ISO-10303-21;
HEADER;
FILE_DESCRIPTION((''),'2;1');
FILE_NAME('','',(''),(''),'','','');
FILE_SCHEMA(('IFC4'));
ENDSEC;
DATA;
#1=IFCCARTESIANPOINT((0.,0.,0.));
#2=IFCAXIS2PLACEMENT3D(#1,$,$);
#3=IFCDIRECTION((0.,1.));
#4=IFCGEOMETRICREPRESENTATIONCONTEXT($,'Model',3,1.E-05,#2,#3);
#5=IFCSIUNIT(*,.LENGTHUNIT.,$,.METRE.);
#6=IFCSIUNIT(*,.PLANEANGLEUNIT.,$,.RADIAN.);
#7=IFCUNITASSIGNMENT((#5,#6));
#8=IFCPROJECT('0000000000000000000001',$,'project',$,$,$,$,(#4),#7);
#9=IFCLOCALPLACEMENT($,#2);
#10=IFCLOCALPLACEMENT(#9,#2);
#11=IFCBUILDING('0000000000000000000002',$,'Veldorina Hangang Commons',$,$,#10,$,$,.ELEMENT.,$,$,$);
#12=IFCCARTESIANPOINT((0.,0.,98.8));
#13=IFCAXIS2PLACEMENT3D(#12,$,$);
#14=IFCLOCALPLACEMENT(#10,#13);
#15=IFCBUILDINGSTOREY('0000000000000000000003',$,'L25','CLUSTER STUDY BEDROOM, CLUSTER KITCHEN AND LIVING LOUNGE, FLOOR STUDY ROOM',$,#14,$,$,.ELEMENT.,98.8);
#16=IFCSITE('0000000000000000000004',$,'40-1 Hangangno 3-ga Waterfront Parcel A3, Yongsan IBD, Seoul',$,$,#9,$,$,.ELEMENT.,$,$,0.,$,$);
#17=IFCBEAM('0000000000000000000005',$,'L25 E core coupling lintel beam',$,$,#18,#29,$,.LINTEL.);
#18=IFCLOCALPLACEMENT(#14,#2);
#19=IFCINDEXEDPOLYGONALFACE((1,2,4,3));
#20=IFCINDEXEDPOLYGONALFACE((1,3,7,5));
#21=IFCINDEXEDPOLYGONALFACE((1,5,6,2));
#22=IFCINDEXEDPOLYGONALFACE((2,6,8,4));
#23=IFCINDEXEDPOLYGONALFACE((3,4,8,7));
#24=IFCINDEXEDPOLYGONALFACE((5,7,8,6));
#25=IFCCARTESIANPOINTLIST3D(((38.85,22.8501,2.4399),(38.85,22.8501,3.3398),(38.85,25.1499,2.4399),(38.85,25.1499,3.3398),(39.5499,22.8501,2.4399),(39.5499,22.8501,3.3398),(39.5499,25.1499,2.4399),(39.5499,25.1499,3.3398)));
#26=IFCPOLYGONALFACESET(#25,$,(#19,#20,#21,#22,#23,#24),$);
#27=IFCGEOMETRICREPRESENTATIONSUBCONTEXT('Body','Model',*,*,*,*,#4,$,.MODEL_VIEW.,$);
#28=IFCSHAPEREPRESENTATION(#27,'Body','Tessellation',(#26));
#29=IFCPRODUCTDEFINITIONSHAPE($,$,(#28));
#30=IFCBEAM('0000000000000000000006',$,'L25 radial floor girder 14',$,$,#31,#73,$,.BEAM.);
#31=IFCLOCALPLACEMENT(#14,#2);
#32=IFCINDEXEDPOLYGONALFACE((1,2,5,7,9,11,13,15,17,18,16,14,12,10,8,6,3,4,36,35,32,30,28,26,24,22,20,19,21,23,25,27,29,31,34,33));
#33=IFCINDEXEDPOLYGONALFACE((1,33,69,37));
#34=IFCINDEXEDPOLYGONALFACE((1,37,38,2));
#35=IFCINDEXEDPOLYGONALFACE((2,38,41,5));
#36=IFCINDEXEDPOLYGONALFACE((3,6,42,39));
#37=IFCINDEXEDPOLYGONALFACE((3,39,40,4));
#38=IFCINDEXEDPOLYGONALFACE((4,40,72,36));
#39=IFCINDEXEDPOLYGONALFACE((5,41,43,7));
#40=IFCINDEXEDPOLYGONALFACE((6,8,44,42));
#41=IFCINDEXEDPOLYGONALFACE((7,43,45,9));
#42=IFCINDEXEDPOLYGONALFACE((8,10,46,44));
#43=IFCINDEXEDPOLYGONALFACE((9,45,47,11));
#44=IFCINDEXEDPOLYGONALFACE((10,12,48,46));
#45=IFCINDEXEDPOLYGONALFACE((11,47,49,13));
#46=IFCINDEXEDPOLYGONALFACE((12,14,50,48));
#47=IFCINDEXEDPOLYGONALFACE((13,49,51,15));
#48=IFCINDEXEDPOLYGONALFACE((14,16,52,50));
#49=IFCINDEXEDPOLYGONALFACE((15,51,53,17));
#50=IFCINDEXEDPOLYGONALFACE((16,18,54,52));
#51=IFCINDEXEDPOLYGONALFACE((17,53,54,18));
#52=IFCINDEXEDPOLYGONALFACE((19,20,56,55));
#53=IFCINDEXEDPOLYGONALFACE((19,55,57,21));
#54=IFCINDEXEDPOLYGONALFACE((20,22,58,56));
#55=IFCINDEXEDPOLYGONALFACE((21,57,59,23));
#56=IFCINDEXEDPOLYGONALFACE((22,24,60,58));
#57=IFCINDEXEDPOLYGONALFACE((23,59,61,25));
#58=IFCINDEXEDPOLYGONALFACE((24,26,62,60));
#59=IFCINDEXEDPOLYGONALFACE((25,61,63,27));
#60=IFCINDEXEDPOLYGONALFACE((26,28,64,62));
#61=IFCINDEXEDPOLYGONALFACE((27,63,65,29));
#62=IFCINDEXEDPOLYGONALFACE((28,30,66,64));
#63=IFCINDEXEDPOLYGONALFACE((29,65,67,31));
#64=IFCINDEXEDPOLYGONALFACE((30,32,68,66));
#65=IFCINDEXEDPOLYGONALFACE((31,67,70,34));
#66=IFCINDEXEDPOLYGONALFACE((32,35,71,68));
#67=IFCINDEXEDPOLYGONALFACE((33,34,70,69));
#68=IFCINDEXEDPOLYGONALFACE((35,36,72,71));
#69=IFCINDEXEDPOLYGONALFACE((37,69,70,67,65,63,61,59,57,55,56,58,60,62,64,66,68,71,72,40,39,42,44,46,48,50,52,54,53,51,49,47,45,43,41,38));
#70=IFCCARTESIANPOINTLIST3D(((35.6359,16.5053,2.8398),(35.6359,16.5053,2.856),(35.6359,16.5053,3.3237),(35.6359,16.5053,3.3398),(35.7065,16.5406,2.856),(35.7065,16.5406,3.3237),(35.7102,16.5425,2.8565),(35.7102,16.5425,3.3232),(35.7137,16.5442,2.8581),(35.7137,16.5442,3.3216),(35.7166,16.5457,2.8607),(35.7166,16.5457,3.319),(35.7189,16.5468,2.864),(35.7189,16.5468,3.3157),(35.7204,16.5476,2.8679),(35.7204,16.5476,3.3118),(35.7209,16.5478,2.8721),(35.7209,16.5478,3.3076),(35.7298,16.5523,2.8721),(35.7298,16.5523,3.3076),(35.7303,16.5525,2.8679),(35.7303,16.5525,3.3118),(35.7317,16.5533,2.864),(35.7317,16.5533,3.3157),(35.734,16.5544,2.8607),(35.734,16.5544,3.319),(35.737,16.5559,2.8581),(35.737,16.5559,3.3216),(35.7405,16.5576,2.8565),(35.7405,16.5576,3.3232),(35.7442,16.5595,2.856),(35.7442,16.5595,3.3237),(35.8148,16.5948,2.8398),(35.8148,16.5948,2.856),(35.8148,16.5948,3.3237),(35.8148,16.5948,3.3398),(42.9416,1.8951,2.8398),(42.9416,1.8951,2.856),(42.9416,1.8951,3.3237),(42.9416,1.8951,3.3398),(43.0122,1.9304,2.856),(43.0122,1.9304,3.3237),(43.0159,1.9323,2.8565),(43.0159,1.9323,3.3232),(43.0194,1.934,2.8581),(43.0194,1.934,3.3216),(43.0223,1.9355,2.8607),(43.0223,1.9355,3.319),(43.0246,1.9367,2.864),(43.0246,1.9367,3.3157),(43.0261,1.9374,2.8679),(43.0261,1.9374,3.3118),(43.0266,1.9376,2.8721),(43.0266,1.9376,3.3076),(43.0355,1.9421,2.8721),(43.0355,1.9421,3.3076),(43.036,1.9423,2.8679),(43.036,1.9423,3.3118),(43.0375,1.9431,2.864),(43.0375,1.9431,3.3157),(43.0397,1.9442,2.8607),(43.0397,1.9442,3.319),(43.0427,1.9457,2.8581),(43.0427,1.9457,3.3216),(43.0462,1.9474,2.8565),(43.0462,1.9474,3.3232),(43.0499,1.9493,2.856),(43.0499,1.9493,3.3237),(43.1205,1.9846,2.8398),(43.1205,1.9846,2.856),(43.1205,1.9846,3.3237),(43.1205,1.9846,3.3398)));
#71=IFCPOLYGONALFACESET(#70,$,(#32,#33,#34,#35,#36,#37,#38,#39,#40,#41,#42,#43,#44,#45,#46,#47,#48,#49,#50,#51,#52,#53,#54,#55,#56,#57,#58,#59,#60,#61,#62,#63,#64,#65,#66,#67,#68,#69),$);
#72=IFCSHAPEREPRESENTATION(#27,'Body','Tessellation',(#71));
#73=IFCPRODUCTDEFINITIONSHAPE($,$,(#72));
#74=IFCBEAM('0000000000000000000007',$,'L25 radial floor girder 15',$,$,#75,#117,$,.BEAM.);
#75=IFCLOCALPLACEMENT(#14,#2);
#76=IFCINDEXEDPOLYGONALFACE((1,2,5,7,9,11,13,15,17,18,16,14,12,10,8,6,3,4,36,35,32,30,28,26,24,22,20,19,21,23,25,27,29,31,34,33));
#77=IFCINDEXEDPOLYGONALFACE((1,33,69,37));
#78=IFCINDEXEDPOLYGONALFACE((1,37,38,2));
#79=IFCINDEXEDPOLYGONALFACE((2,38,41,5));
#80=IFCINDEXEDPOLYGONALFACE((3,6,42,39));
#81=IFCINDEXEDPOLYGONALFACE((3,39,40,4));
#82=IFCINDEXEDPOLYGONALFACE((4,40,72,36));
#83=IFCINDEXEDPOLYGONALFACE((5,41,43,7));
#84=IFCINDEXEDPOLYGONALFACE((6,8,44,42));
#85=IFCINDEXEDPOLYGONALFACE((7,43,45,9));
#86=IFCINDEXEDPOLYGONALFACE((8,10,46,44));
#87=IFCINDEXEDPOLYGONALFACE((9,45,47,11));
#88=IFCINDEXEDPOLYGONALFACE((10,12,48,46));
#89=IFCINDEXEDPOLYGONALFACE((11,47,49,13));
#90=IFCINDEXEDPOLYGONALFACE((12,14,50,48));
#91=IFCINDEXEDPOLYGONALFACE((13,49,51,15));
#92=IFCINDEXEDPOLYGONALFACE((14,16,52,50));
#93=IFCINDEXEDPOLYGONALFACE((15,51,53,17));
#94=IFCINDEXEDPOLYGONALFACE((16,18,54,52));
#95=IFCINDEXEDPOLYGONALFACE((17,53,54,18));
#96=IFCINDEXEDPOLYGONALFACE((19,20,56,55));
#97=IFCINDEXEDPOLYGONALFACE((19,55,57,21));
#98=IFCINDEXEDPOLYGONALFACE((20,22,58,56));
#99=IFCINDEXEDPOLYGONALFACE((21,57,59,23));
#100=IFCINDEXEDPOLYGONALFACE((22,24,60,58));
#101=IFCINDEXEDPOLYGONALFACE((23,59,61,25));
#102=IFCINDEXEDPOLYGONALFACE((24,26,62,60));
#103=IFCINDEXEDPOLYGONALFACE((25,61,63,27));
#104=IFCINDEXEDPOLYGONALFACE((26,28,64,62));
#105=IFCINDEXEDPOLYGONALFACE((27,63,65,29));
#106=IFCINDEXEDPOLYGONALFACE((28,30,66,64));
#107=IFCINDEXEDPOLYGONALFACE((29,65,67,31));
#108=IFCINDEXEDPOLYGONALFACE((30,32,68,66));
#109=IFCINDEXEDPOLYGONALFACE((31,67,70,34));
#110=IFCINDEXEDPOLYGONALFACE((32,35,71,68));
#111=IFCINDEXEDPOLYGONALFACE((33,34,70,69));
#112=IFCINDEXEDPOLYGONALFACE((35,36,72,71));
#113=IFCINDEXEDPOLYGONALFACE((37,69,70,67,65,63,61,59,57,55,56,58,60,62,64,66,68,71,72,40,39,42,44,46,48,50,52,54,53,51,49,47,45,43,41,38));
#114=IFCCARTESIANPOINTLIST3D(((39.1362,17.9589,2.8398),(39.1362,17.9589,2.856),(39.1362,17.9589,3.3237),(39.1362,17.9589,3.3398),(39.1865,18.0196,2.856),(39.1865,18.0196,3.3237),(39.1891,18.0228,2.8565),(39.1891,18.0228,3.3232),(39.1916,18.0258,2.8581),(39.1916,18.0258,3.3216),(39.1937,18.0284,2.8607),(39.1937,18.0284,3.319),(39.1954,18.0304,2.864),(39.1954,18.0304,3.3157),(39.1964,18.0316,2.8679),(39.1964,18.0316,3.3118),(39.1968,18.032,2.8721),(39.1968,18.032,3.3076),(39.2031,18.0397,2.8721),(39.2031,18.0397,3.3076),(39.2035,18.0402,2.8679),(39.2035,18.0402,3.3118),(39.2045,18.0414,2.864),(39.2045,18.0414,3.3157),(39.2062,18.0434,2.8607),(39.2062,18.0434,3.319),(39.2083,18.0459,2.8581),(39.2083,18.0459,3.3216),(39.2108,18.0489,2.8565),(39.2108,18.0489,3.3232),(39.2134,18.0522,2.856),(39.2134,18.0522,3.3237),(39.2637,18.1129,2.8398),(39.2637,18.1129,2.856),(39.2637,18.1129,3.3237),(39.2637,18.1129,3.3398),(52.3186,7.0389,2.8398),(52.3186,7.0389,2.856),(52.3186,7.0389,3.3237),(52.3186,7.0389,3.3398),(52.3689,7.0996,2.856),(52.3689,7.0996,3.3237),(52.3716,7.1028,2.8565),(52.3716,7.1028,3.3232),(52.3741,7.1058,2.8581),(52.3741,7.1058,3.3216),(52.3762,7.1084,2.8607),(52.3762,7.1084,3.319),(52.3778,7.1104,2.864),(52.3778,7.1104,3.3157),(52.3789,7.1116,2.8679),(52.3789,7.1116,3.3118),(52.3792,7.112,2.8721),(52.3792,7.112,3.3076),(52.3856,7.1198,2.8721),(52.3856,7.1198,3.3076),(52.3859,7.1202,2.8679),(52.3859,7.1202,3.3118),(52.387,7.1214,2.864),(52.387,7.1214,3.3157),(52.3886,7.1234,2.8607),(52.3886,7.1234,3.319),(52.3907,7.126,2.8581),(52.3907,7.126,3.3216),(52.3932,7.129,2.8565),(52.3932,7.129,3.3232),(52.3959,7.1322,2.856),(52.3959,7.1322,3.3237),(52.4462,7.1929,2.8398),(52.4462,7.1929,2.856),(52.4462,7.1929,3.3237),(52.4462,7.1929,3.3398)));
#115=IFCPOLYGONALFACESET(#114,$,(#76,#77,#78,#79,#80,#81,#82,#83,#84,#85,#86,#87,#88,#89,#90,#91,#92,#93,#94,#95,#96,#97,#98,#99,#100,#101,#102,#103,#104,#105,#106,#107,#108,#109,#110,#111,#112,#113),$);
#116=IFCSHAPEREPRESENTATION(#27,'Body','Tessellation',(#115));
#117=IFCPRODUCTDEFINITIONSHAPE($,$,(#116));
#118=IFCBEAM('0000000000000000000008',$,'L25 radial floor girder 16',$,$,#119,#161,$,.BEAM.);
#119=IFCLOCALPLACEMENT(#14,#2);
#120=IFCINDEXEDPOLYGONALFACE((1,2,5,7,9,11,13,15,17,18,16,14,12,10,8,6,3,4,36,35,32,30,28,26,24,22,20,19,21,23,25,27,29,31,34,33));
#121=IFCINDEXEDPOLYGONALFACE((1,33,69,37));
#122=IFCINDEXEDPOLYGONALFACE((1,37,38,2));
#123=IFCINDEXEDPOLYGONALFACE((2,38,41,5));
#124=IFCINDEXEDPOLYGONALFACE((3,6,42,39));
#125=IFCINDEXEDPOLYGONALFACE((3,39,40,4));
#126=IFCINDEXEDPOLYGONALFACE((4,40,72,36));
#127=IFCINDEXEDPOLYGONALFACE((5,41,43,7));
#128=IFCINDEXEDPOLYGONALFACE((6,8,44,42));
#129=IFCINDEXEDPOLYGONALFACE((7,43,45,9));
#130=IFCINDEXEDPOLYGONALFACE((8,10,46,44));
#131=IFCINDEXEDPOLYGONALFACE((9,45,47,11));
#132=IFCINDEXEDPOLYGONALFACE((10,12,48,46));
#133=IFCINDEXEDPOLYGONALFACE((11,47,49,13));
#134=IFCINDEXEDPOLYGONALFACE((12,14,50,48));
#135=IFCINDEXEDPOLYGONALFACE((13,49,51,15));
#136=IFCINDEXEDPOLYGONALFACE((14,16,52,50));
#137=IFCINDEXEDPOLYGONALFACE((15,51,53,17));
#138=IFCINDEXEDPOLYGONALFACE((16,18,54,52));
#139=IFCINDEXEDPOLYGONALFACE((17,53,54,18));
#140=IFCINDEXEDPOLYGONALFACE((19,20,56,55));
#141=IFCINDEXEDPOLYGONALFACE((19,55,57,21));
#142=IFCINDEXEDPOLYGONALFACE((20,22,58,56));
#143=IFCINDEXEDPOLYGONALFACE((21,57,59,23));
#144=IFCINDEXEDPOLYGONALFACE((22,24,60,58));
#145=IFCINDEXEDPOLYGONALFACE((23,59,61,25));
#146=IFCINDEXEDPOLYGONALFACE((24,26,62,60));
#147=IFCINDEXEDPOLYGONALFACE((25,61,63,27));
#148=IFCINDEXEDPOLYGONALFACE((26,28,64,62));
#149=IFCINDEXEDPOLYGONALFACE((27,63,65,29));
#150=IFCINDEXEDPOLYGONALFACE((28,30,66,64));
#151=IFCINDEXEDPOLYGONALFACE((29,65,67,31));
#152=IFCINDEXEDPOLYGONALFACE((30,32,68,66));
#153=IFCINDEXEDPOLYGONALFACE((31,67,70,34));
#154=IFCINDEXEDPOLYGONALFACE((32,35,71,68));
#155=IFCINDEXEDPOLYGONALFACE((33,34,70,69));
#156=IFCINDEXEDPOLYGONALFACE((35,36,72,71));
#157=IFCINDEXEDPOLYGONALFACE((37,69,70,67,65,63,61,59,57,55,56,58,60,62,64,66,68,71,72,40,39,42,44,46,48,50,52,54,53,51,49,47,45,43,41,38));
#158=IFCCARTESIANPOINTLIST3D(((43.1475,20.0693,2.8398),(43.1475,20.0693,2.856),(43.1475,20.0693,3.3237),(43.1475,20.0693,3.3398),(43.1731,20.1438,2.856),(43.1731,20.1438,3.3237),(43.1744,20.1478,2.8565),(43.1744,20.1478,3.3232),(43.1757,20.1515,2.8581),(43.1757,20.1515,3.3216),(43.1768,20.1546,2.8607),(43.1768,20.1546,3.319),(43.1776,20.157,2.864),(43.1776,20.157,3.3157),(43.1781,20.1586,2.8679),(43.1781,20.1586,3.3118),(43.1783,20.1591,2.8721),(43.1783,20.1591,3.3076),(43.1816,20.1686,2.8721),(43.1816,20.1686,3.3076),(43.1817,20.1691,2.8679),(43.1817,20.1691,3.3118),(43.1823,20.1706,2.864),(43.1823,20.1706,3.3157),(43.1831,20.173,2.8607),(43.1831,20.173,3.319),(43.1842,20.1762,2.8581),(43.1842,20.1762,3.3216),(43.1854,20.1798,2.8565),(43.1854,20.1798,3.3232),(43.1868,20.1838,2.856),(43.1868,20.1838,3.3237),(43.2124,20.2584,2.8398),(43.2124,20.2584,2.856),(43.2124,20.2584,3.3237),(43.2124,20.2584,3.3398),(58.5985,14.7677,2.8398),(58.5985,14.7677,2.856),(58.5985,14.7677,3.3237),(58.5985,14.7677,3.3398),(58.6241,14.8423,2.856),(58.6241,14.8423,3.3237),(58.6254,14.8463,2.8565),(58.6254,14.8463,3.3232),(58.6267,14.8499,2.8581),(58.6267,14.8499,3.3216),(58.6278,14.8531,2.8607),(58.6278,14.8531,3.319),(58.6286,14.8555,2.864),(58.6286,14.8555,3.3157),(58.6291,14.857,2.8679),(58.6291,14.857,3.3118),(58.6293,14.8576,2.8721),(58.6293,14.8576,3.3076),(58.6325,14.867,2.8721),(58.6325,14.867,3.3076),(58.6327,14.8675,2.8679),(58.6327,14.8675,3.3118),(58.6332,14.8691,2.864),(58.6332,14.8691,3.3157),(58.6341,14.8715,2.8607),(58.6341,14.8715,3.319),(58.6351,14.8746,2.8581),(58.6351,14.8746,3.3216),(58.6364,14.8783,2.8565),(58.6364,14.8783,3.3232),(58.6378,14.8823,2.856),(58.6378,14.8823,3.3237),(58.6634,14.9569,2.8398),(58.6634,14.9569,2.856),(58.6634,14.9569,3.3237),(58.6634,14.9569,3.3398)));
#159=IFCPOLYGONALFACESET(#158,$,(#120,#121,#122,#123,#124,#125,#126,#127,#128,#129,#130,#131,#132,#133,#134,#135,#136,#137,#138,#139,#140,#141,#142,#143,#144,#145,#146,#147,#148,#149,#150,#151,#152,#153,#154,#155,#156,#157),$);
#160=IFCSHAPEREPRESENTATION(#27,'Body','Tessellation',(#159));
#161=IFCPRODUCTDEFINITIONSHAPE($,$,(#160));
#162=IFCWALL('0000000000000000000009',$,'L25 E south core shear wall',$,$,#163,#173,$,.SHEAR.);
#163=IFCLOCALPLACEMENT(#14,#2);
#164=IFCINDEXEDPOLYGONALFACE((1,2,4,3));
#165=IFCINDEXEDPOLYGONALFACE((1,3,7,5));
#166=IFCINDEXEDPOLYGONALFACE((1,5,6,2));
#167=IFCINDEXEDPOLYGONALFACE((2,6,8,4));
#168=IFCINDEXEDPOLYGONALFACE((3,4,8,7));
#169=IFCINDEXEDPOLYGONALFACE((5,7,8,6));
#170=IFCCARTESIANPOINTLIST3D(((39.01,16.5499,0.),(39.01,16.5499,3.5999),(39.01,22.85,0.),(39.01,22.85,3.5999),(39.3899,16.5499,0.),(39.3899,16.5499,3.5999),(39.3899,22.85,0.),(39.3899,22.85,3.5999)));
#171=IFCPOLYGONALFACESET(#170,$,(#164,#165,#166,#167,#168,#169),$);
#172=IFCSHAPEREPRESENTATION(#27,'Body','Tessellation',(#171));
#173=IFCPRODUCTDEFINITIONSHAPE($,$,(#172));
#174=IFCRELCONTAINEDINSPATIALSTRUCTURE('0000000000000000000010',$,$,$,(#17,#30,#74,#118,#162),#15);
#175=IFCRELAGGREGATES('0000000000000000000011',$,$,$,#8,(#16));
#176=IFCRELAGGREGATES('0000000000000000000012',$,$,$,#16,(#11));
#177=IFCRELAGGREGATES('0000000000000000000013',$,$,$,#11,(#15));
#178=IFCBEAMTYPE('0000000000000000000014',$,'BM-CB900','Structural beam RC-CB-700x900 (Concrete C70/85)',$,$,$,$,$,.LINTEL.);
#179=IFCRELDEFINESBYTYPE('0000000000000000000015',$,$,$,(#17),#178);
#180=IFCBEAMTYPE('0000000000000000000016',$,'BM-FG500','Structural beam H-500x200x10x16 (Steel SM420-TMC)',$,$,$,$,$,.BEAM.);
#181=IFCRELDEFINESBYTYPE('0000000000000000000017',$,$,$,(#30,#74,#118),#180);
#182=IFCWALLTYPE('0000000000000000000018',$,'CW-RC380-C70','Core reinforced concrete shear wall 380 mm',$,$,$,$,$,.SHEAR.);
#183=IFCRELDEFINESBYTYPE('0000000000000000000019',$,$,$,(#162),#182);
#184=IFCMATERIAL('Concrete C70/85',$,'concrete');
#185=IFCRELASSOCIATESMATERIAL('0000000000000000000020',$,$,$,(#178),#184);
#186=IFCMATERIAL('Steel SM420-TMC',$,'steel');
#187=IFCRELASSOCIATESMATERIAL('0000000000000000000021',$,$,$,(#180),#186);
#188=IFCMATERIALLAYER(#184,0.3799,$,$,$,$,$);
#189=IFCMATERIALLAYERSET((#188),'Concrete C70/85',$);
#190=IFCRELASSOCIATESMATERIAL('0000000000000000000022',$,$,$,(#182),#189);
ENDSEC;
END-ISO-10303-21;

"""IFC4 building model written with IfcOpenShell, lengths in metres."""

from ifc_helpers import new_model, si_unit, direction, frame, frame_2d, origin, origin_2d, place, context, subcontext, project, spatial, rectangle, i_section, extrude, material, layer, layer_set, material_profile, profile_set, type_object, element, save


model = new_model("IFC4")

# Units and contexts
model_context = context("Model", 3, precision=1e-05, world=origin(), true_north=direction((0.0, 1.0)))
body_context = subcontext(model_context, "Body", "Model", "MODEL_VIEW")
ifc_project = project(units=[si_unit("LENGTHUNIT", "METRE"), si_unit("PLANEANGLEUNIT", "RADIAN")], contexts=[model_context])

# Site, building, storey
site_placement = place(None, origin())
site = spatial("IfcSite", under=ifc_project, at=site_placement, Name="40-1 Hangangno 3-ga Waterfront Parcel A3, Yongsan IBD, Seoul", CompositionType="ELEMENT", RefElevation=0.0)
building_placement = place(site_placement, origin())
building = spatial("IfcBuilding", under=site, at=building_placement, Name="Veldorina Hangang Commons", CompositionType="ELEMENT")
storey_placement = place(building_placement, frame((0.0, 0.0, 98.8)))
storey = spatial("IfcBuildingStorey", under=building, at=storey_placement, Name="L25", Description="CLUSTER STUDY BEDROOM, CLUSTER KITCHEN AND LIVING LOUNGE, FLOOR STUDY ROOM", CompositionType="ELEMENT", Elevation=98.8)

# Beams
ifc_material_1 = material(Name="Concrete C70/85", Category="concrete")
ifc_material_profile_1 = material_profile(ifc_material_1, rectangle(XDim=0.7, YDim=0.8999, at=origin_2d()), Name="RC-CB-700x900")
ifc_profile_set_1 = profile_set([ifc_material_profile_1], Name="Concrete C70/85")
beam_type_1 = type_object("IfcBeamType", Name="BM-CB900", Description="Structural beam RC-CB-700x900 (Concrete C70/85)", PredefinedType="LINTEL", material=ifc_profile_set_1)
beam_1_placement = place(storey_placement, frame((39.2, 22.8501, 2.8899), z_axis=(0.0, 1.0, 0.0), x_axis=(-1.0, 0.0, 0.0)))
element("IfcBeam", 1, at=beam_1_placement, inside=storey, type_object=beam_type_1, Name="L25 E core coupling lintel beam", PredefinedType="LINTEL", context=body_context, shape_type="SweptSolid", body=[
    extrude(rectangle(XDim=0.7, YDim=0.8999, at=origin_2d()), origin(), (0.0, 0.0, 1.0), 2.2998),
])
ifc_material_2 = material(Name="Steel SM420-TMC", Category="steel")
ifc_material_profile_2 = material_profile(ifc_material_2, i_section(OverallWidth=0.2, OverallDepth=0.5, WebThickness=0.01, FlangeThickness=0.0161, FilletRadius=0.0161, at=origin_2d()), Name="H-500x200x10x16")
ifc_profile_set_2 = profile_set([ifc_material_profile_2], Name="Steel SM420-TMC")
beam_type_2 = type_object("IfcBeamType", Name="BM-FG500", Description="Structural beam H-500x200x10x16 (Steel SM420-TMC)", PredefinedType="BEAM", material=ifc_profile_set_2)
beam_2_placement = place(storey_placement, frame((35.7253, 16.55, 3.0898), z_axis=(0.447243, -0.894412, 0.0), x_axis=(0.894412, 0.447243, 0.0)))
element("IfcBeam", 2, at=beam_2_placement, inside=storey, type_object=beam_type_2, Name="L25 radial floor girder 14", PredefinedType="BEAM", context=body_context, shape_type="SweptSolid", body=[
    extrude(i_section(OverallWidth=0.2, OverallDepth=0.5, WebThickness=0.01, FlangeThickness=0.0161, FilletRadius=0.0161, at=origin_2d()), origin(), (0.0, 0.0, 1.0), 16.335),
])
beam_3_placement = place(storey_placement, frame((39.2, 18.0359, 3.0898), z_axis=(0.770097, -0.637927, 0.0), x_axis=(0.637927, 0.770097, 0.0)))
element("IfcBeam", 3, at=beam_3_placement, inside=storey, type_object=beam_type_2, Name="L25 radial floor girder 15", PredefinedType="BEAM", context=body_context, shape_type="SweptSolid", body=[
    extrude(i_section(OverallWidth=0.2, OverallDepth=0.5, WebThickness=0.01, FlangeThickness=0.0161, FilletRadius=0.0161, at=origin_2d()), origin(), (0.0, 0.0, 1.0), 17.1179),
])
beam_4_placement = place(storey_placement, frame((43.1799, 20.1638, 3.0898), z_axis=(0.94587, -0.324546, 0.0), x_axis=(0.324546, 0.94587, 0.0)))
element("IfcBeam", 4, at=beam_4_placement, inside=storey, type_object=beam_type_2, Name="L25 radial floor girder 16", PredefinedType="BEAM", context=body_context, shape_type="SweptSolid", body=[
    extrude(i_section(OverallWidth=0.2, OverallDepth=0.5, WebThickness=0.01, FlangeThickness=0.0161, FilletRadius=0.0161, at=origin_2d()), origin(), (0.0, 0.0, 1.0), 16.3352),
])

# Wall
ifc_layer_1 = layer(ifc_material_1, 0.3799)
ifc_layer_set_1 = layer_set([ifc_layer_1], Name="Concrete C70/85")
wall_type_1 = type_object("IfcWallType", Name="CW-RC380-C70", Description="Core reinforced concrete shear wall 380 mm", PredefinedType="SHEAR", material=ifc_layer_set_1)
wall_1_placement = place(storey_placement, frame((39.2, 16.55, 0.0), z_axis=(0.0, 0.0, 1.0), x_axis=(0.0, 1.0, 0.0)))
element("IfcWall", 5, at=wall_1_placement, inside=storey, type_object=wall_type_1, Name="L25 E south core shear wall", PredefinedType="SHEAR", context=body_context, shape_type="SweptSolid", body=[
    extrude(rectangle(XDim=6.3, YDim=0.3799, at=frame_2d((3.1499, 0.0))), origin(), (0.0, 0.0, 1.0), 3.5999),
])

save(model, "model.ifc")
